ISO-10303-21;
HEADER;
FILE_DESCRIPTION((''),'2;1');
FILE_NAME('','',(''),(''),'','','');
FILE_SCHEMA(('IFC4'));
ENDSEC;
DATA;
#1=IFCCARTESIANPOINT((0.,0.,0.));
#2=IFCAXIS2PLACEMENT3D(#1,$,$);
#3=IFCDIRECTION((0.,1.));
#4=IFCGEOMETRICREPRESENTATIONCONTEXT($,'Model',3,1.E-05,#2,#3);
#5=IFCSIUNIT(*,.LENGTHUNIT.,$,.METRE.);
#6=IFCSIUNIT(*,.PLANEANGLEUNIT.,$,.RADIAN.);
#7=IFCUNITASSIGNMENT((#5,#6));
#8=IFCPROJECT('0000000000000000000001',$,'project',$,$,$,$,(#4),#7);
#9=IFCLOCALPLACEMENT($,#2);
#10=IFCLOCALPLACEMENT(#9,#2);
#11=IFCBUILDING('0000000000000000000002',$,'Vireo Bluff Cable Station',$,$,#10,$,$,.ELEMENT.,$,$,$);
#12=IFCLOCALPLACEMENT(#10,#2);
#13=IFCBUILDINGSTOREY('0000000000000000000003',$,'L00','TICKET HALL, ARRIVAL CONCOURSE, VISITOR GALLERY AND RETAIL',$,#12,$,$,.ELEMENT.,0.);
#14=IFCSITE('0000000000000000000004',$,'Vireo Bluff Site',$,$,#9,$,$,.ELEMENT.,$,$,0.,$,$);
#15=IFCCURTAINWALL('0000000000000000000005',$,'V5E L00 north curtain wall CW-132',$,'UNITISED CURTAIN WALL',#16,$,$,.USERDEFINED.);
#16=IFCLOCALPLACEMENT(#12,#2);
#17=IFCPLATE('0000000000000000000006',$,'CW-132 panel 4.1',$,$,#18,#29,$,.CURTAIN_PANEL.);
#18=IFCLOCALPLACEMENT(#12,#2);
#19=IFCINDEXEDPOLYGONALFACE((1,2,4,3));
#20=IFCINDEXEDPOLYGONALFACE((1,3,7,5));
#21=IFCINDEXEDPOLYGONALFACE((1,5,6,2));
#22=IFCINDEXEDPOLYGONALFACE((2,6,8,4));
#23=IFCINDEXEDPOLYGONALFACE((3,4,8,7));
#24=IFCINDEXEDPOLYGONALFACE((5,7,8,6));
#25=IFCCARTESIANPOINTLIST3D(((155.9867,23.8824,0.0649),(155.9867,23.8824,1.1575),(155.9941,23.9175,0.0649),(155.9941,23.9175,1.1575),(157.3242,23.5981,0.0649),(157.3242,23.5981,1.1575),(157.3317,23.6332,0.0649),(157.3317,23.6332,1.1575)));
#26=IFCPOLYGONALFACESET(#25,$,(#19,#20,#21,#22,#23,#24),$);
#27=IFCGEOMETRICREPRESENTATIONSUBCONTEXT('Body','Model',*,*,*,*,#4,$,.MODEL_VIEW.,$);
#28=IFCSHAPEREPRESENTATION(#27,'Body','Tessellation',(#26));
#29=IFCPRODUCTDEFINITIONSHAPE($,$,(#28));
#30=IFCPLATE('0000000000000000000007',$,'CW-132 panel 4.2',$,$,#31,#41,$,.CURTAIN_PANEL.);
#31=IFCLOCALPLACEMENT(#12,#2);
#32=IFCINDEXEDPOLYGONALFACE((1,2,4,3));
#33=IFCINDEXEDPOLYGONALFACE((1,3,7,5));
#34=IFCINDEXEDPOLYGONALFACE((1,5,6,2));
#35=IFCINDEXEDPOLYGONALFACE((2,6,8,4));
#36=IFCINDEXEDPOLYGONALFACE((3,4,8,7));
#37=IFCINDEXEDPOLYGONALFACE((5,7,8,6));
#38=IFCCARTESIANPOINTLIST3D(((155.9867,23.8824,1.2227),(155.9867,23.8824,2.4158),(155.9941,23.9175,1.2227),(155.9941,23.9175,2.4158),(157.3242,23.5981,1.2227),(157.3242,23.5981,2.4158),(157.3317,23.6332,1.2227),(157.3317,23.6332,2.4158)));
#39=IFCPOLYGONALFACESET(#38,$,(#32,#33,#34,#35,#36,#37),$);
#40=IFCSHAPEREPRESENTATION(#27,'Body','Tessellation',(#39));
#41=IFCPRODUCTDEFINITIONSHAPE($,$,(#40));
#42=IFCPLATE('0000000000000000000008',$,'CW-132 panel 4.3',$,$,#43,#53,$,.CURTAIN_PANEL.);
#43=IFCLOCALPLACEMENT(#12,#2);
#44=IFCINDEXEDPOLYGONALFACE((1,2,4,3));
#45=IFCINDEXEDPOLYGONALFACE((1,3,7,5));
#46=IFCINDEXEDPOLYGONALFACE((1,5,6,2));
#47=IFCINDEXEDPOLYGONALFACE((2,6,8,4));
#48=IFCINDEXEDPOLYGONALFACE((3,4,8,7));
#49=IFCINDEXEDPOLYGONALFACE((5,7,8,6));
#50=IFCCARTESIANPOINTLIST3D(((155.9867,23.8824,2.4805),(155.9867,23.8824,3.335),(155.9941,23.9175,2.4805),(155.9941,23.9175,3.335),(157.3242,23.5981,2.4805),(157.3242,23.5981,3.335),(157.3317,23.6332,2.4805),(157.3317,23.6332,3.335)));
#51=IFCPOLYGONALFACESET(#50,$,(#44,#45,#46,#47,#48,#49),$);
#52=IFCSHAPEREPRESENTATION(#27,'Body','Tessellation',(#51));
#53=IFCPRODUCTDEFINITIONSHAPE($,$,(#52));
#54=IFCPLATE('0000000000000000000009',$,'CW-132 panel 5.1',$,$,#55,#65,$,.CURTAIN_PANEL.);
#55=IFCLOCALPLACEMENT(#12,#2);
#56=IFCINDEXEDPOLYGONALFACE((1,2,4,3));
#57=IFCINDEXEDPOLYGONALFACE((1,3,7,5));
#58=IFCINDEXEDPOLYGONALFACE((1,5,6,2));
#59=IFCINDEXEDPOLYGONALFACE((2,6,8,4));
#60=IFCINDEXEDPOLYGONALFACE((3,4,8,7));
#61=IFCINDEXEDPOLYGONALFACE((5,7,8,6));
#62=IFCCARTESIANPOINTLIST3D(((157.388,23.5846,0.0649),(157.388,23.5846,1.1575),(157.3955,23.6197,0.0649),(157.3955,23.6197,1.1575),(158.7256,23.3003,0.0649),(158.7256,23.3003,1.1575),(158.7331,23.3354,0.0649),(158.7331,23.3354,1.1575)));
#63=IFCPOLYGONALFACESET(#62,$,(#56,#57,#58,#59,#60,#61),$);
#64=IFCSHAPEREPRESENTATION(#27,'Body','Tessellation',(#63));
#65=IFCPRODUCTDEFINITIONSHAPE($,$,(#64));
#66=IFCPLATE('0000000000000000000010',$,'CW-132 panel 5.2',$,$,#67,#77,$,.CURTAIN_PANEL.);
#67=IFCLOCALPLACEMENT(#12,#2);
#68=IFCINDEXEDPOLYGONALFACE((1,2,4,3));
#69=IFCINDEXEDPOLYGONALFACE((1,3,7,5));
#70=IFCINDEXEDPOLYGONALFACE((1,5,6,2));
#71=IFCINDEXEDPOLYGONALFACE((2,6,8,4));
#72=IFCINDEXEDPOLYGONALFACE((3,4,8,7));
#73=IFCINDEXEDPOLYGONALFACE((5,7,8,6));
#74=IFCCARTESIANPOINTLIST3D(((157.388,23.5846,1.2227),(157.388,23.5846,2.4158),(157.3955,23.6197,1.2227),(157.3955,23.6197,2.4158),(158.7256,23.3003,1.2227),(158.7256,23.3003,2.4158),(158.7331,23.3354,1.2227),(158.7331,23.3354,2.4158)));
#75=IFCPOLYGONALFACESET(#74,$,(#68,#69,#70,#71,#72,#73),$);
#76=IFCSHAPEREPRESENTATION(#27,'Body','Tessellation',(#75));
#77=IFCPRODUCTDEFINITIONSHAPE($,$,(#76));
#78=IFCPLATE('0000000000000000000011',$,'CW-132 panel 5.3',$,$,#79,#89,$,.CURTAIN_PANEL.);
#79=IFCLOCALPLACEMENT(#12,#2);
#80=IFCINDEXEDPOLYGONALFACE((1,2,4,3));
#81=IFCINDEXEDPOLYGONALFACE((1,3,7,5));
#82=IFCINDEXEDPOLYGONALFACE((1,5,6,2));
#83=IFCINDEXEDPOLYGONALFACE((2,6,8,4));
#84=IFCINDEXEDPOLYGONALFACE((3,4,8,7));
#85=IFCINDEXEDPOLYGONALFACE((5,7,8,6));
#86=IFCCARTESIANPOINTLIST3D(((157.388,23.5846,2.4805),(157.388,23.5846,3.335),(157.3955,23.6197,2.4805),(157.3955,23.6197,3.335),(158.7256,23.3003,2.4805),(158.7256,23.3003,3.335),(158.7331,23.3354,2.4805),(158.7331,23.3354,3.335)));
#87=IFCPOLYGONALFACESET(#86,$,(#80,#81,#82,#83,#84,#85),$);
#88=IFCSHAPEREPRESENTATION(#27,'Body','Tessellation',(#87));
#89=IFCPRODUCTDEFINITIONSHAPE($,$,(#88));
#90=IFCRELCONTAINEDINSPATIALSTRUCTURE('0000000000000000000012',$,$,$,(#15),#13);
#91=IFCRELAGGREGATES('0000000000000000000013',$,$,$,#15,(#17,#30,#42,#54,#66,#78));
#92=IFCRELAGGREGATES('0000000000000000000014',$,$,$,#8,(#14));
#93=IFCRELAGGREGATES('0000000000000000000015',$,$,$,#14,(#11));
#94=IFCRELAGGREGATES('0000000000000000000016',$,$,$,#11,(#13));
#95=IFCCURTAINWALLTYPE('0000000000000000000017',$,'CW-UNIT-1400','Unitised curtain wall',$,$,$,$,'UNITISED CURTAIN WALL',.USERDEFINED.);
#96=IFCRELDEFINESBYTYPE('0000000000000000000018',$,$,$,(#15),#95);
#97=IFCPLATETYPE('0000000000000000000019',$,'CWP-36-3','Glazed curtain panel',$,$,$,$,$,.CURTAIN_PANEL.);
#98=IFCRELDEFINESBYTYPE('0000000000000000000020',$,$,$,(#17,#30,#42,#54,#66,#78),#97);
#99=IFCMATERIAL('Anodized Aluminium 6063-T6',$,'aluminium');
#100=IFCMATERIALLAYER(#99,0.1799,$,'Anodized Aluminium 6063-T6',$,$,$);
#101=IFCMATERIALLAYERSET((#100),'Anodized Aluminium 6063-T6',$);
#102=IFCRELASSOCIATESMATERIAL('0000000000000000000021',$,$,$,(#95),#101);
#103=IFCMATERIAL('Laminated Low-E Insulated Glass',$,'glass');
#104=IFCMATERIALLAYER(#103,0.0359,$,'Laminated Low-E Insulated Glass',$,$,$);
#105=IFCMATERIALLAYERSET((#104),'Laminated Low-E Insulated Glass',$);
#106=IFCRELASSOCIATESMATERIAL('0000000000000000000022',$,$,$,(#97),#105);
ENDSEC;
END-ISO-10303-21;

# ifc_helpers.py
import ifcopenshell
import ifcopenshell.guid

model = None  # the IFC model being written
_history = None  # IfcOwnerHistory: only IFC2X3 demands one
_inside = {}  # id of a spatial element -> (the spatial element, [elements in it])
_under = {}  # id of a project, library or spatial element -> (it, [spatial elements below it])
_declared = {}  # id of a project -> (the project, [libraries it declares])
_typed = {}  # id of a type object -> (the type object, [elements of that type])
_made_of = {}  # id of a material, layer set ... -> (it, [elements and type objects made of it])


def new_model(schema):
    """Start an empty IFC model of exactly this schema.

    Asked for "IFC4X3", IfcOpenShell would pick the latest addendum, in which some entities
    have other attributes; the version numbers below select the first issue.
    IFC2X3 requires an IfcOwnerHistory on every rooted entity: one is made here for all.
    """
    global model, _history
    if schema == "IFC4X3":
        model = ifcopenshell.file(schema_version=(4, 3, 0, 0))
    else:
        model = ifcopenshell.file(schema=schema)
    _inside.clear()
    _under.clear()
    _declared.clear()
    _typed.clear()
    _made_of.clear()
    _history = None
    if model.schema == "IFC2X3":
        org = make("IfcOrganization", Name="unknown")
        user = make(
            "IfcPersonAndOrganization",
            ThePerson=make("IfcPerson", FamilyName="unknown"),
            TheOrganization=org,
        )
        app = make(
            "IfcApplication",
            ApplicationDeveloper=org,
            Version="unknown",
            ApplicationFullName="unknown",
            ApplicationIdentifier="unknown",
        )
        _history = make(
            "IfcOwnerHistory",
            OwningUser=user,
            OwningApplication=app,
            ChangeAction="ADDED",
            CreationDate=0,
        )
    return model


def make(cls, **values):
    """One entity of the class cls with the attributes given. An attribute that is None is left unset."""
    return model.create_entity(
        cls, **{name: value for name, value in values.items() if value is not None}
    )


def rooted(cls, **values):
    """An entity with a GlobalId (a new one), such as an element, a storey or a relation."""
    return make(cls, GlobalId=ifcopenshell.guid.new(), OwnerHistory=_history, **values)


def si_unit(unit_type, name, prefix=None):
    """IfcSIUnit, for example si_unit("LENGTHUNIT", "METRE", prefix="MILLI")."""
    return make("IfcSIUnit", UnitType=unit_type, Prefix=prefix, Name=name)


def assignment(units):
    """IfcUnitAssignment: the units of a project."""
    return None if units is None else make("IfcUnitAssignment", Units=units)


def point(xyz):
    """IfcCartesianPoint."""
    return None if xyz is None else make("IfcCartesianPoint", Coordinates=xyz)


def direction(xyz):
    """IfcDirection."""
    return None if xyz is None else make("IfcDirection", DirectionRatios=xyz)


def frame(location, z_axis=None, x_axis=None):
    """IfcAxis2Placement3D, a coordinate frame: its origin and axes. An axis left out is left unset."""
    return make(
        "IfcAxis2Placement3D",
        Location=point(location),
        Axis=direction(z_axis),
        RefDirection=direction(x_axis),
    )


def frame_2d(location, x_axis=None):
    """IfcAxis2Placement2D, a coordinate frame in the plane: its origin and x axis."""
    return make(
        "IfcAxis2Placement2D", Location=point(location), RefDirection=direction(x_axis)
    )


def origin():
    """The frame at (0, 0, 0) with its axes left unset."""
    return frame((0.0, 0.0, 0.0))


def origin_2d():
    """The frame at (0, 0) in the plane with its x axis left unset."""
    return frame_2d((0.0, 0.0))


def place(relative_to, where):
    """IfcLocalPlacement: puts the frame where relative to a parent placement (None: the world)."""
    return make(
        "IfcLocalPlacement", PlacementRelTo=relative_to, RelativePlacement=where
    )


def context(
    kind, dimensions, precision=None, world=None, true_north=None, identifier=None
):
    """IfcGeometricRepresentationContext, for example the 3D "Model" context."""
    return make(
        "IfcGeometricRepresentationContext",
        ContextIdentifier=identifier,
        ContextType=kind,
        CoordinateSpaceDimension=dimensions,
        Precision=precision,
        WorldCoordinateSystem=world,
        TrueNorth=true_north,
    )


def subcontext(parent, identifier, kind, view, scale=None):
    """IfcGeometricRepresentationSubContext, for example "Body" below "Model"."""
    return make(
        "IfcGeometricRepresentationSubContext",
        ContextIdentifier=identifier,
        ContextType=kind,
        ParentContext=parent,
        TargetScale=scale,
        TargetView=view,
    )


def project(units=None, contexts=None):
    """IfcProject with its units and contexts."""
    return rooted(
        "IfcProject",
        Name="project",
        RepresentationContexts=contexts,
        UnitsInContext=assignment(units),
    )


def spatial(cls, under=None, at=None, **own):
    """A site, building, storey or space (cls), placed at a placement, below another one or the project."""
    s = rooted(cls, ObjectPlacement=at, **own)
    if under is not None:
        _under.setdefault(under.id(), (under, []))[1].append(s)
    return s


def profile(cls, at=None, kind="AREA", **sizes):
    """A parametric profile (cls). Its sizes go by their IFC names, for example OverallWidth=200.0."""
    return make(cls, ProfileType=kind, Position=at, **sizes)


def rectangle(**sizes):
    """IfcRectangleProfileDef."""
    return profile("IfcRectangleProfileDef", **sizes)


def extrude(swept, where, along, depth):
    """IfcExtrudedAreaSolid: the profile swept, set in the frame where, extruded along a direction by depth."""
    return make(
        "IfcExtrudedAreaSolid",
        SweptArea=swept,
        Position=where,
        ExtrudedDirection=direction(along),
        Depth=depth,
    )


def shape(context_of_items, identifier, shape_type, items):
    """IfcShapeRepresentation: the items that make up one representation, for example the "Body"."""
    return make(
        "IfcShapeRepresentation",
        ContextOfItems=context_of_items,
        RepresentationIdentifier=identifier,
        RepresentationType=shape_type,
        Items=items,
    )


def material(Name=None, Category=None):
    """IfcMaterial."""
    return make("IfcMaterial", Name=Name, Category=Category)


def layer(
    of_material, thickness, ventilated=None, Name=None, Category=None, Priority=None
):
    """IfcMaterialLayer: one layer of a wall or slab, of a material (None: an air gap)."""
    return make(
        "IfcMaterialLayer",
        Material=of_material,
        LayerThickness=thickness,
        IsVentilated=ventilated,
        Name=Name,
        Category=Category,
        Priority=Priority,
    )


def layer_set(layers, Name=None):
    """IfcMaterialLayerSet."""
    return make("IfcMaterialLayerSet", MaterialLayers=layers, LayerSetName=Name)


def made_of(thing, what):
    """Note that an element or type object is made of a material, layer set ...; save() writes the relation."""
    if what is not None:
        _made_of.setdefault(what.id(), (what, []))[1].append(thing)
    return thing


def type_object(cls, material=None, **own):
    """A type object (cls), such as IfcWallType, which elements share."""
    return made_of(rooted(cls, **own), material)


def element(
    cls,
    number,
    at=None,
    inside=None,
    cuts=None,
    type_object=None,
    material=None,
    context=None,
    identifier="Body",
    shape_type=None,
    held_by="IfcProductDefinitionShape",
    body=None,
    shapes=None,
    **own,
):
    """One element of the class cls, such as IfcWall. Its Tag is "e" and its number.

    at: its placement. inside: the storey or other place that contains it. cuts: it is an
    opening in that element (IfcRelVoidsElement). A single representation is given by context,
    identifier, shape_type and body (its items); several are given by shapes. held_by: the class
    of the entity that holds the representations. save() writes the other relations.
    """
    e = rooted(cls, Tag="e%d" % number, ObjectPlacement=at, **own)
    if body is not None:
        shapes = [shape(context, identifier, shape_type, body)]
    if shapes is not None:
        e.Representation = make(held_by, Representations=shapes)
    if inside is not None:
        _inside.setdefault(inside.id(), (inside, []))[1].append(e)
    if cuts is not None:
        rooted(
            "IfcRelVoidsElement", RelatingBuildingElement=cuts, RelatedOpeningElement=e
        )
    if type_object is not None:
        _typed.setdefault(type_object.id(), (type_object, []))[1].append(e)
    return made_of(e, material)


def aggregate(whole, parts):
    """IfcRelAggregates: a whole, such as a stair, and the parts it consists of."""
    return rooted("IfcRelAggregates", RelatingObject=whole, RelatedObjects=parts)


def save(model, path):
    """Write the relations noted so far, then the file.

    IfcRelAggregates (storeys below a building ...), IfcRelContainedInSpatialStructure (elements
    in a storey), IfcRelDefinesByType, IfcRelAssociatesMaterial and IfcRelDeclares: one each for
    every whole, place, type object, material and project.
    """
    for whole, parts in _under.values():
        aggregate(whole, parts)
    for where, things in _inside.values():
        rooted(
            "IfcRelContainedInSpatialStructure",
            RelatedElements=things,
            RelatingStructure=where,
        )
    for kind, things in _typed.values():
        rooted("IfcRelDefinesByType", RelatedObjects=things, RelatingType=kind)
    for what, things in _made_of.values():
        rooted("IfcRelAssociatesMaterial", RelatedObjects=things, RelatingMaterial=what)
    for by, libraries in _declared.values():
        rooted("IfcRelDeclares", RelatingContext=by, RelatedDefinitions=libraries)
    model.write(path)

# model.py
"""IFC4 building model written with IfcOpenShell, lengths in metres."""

from ifc_helpers import new_model, si_unit, direction, frame, origin, origin_2d, place, context, subcontext, project, spatial, rectangle, extrude, material, layer, layer_set, type_object, element, aggregate, save


model = new_model("IFC4")

# Units and contexts
model_context = context("Model", 3, precision=1e-05, world=origin(), true_north=direction((0.0, 1.0)))
body_context = subcontext(model_context, "Body", "Model", "MODEL_VIEW")
ifc_project = project(units=[si_unit("LENGTHUNIT", "METRE"), si_unit("PLANEANGLEUNIT", "RADIAN")], contexts=[model_context])

# Site, building, storey
site_placement = place(None, origin())
site = spatial("IfcSite", under=ifc_project, at=site_placement, Name="Vireo Bluff Site", CompositionType="ELEMENT", RefElevation=0.0)
building_placement = place(site_placement, origin())
building = spatial("IfcBuilding", under=site, at=building_placement, Name="Vireo Bluff Cable Station", CompositionType="ELEMENT")
storey_placement = place(building_placement, origin())
storey = spatial("IfcBuildingStorey", under=building, at=storey_placement, Name="L00", Description="TICKET HALL, ARRIVAL CONCOURSE, VISITOR GALLERY AND RETAIL", CompositionType="ELEMENT", Elevation=0.0)

# Curtain wall
ifc_material_1 = material(Name="Anodized Aluminium 6063-T6", Category="aluminium")
ifc_layer_1 = layer(ifc_material_1, 0.1799, Name="Anodized Aluminium 6063-T6")
ifc_layer_set_1 = layer_set([ifc_layer_1], Name="Anodized Aluminium 6063-T6")
curtain_wall_type = type_object("IfcCurtainWallType", Name="CW-UNIT-1400", Description="Unitised curtain wall", ElementType="UNITISED CURTAIN WALL", PredefinedType="USERDEFINED", material=ifc_layer_set_1)
curtain_wall_placement = place(storey_placement, origin())
curtain_wall = element("IfcCurtainWall", 1, at=curtain_wall_placement, inside=storey, type_object=curtain_wall_type, Name="V5E L00 north curtain wall CW-132", ObjectType="UNITISED CURTAIN WALL", PredefinedType="USERDEFINED")

# Plates
ifc_material_2 = material(Name="Laminated Low-E Insulated Glass", Category="glass")
ifc_layer_2 = layer(ifc_material_2, 0.0359, Name="Laminated Low-E Insulated Glass")
ifc_layer_set_2 = layer_set([ifc_layer_2], Name="Laminated Low-E Insulated Glass")
plate_type = type_object("IfcPlateType", Name="CWP-36-3", Description="Glazed curtain panel", PredefinedType="CURTAIN_PANEL", material=ifc_layer_set_2)
plate_1_placement = place(storey_placement, frame((156.6592, 23.7578, 0.0649), z_axis=(0.0, 0.0, 1.0), x_axis=(0.978148, -0.207912, 0.0)))
plate_1 = element("IfcPlate", 2, at=plate_1_placement, type_object=plate_type, Name="CW-132 panel 4.1", PredefinedType="CURTAIN_PANEL", context=body_context, shape_type="SweptSolid", body=[
    extrude(rectangle(XDim=1.3674, YDim=0.0359, at=origin_2d()), origin(), (0.0, 0.0, 1.0), 1.0925),
])
plate_2_placement = place(storey_placement, frame((156.6592, 23.7578, 1.2227), z_axis=(0.0, 0.0, 1.0), x_axis=(0.978148, -0.207912, 0.0)))
plate_2 = element("IfcPlate", 3, at=plate_2_placement, type_object=plate_type, Name="CW-132 panel 4.2", PredefinedType="CURTAIN_PANEL", context=body_context, shape_type="SweptSolid", body=[
    extrude(rectangle(XDim=1.3674, YDim=0.0359, at=origin_2d()), origin(), (0.0, 0.0, 1.0), 1.1931),
])
plate_3_placement = place(storey_placement, frame((156.6592, 23.7578, 2.4805), z_axis=(0.0, 0.0, 1.0), x_axis=(0.978148, -0.207912, 0.0)))
plate_3 = element("IfcPlate", 4, at=plate_3_placement, type_object=plate_type, Name="CW-132 panel 4.3", PredefinedType="CURTAIN_PANEL", context=body_context, shape_type="SweptSolid", body=[
    extrude(rectangle(XDim=1.3674, YDim=0.0359, at=origin_2d()), origin(), (0.0, 0.0, 1.0), 0.8545),
])
plate_4_placement = place(storey_placement, frame((158.0605, 23.46, 0.0649), z_axis=(0.0, 0.0, 1.0), x_axis=(0.978148, -0.207912, 0.0)))
plate_4 = element("IfcPlate", 5, at=plate_4_placement, type_object=plate_type, Name="CW-132 panel 5.1", PredefinedType="CURTAIN_PANEL", context=body_context, shape_type="SweptSolid", body=[
    extrude(rectangle(XDim=1.3674, YDim=0.0359, at=origin_2d()), origin(), (0.0, 0.0, 1.0), 1.0925),
])
plate_5_placement = place(storey_placement, frame((158.0605, 23.46, 1.2227), z_axis=(0.0, 0.0, 1.0), x_axis=(0.978148, -0.207912, 0.0)))
plate_5 = element("IfcPlate", 6, at=plate_5_placement, type_object=plate_type, Name="CW-132 panel 5.2", PredefinedType="CURTAIN_PANEL", context=body_context, shape_type="SweptSolid", body=[
    extrude(rectangle(XDim=1.3674, YDim=0.0359, at=origin_2d()), origin(), (0.0, 0.0, 1.0), 1.1931),
])
plate_6_placement = place(storey_placement, frame((158.0605, 23.46, 2.4805), z_axis=(0.0, 0.0, 1.0), x_axis=(0.978148, -0.207912, 0.0)))
plate_6 = element("IfcPlate", 7, at=plate_6_placement, type_object=plate_type, Name="CW-132 panel 5.3", PredefinedType="CURTAIN_PANEL", context=body_context, shape_type="SweptSolid", body=[
    extrude(rectangle(XDim=1.3674, YDim=0.0359, at=origin_2d()), origin(), (0.0, 0.0, 1.0), 0.8545),
])
aggregate(curtain_wall, [plate_1, plate_2, plate_3, plate_4, plate_5, plate_6])

save(model, "model.ifc")
